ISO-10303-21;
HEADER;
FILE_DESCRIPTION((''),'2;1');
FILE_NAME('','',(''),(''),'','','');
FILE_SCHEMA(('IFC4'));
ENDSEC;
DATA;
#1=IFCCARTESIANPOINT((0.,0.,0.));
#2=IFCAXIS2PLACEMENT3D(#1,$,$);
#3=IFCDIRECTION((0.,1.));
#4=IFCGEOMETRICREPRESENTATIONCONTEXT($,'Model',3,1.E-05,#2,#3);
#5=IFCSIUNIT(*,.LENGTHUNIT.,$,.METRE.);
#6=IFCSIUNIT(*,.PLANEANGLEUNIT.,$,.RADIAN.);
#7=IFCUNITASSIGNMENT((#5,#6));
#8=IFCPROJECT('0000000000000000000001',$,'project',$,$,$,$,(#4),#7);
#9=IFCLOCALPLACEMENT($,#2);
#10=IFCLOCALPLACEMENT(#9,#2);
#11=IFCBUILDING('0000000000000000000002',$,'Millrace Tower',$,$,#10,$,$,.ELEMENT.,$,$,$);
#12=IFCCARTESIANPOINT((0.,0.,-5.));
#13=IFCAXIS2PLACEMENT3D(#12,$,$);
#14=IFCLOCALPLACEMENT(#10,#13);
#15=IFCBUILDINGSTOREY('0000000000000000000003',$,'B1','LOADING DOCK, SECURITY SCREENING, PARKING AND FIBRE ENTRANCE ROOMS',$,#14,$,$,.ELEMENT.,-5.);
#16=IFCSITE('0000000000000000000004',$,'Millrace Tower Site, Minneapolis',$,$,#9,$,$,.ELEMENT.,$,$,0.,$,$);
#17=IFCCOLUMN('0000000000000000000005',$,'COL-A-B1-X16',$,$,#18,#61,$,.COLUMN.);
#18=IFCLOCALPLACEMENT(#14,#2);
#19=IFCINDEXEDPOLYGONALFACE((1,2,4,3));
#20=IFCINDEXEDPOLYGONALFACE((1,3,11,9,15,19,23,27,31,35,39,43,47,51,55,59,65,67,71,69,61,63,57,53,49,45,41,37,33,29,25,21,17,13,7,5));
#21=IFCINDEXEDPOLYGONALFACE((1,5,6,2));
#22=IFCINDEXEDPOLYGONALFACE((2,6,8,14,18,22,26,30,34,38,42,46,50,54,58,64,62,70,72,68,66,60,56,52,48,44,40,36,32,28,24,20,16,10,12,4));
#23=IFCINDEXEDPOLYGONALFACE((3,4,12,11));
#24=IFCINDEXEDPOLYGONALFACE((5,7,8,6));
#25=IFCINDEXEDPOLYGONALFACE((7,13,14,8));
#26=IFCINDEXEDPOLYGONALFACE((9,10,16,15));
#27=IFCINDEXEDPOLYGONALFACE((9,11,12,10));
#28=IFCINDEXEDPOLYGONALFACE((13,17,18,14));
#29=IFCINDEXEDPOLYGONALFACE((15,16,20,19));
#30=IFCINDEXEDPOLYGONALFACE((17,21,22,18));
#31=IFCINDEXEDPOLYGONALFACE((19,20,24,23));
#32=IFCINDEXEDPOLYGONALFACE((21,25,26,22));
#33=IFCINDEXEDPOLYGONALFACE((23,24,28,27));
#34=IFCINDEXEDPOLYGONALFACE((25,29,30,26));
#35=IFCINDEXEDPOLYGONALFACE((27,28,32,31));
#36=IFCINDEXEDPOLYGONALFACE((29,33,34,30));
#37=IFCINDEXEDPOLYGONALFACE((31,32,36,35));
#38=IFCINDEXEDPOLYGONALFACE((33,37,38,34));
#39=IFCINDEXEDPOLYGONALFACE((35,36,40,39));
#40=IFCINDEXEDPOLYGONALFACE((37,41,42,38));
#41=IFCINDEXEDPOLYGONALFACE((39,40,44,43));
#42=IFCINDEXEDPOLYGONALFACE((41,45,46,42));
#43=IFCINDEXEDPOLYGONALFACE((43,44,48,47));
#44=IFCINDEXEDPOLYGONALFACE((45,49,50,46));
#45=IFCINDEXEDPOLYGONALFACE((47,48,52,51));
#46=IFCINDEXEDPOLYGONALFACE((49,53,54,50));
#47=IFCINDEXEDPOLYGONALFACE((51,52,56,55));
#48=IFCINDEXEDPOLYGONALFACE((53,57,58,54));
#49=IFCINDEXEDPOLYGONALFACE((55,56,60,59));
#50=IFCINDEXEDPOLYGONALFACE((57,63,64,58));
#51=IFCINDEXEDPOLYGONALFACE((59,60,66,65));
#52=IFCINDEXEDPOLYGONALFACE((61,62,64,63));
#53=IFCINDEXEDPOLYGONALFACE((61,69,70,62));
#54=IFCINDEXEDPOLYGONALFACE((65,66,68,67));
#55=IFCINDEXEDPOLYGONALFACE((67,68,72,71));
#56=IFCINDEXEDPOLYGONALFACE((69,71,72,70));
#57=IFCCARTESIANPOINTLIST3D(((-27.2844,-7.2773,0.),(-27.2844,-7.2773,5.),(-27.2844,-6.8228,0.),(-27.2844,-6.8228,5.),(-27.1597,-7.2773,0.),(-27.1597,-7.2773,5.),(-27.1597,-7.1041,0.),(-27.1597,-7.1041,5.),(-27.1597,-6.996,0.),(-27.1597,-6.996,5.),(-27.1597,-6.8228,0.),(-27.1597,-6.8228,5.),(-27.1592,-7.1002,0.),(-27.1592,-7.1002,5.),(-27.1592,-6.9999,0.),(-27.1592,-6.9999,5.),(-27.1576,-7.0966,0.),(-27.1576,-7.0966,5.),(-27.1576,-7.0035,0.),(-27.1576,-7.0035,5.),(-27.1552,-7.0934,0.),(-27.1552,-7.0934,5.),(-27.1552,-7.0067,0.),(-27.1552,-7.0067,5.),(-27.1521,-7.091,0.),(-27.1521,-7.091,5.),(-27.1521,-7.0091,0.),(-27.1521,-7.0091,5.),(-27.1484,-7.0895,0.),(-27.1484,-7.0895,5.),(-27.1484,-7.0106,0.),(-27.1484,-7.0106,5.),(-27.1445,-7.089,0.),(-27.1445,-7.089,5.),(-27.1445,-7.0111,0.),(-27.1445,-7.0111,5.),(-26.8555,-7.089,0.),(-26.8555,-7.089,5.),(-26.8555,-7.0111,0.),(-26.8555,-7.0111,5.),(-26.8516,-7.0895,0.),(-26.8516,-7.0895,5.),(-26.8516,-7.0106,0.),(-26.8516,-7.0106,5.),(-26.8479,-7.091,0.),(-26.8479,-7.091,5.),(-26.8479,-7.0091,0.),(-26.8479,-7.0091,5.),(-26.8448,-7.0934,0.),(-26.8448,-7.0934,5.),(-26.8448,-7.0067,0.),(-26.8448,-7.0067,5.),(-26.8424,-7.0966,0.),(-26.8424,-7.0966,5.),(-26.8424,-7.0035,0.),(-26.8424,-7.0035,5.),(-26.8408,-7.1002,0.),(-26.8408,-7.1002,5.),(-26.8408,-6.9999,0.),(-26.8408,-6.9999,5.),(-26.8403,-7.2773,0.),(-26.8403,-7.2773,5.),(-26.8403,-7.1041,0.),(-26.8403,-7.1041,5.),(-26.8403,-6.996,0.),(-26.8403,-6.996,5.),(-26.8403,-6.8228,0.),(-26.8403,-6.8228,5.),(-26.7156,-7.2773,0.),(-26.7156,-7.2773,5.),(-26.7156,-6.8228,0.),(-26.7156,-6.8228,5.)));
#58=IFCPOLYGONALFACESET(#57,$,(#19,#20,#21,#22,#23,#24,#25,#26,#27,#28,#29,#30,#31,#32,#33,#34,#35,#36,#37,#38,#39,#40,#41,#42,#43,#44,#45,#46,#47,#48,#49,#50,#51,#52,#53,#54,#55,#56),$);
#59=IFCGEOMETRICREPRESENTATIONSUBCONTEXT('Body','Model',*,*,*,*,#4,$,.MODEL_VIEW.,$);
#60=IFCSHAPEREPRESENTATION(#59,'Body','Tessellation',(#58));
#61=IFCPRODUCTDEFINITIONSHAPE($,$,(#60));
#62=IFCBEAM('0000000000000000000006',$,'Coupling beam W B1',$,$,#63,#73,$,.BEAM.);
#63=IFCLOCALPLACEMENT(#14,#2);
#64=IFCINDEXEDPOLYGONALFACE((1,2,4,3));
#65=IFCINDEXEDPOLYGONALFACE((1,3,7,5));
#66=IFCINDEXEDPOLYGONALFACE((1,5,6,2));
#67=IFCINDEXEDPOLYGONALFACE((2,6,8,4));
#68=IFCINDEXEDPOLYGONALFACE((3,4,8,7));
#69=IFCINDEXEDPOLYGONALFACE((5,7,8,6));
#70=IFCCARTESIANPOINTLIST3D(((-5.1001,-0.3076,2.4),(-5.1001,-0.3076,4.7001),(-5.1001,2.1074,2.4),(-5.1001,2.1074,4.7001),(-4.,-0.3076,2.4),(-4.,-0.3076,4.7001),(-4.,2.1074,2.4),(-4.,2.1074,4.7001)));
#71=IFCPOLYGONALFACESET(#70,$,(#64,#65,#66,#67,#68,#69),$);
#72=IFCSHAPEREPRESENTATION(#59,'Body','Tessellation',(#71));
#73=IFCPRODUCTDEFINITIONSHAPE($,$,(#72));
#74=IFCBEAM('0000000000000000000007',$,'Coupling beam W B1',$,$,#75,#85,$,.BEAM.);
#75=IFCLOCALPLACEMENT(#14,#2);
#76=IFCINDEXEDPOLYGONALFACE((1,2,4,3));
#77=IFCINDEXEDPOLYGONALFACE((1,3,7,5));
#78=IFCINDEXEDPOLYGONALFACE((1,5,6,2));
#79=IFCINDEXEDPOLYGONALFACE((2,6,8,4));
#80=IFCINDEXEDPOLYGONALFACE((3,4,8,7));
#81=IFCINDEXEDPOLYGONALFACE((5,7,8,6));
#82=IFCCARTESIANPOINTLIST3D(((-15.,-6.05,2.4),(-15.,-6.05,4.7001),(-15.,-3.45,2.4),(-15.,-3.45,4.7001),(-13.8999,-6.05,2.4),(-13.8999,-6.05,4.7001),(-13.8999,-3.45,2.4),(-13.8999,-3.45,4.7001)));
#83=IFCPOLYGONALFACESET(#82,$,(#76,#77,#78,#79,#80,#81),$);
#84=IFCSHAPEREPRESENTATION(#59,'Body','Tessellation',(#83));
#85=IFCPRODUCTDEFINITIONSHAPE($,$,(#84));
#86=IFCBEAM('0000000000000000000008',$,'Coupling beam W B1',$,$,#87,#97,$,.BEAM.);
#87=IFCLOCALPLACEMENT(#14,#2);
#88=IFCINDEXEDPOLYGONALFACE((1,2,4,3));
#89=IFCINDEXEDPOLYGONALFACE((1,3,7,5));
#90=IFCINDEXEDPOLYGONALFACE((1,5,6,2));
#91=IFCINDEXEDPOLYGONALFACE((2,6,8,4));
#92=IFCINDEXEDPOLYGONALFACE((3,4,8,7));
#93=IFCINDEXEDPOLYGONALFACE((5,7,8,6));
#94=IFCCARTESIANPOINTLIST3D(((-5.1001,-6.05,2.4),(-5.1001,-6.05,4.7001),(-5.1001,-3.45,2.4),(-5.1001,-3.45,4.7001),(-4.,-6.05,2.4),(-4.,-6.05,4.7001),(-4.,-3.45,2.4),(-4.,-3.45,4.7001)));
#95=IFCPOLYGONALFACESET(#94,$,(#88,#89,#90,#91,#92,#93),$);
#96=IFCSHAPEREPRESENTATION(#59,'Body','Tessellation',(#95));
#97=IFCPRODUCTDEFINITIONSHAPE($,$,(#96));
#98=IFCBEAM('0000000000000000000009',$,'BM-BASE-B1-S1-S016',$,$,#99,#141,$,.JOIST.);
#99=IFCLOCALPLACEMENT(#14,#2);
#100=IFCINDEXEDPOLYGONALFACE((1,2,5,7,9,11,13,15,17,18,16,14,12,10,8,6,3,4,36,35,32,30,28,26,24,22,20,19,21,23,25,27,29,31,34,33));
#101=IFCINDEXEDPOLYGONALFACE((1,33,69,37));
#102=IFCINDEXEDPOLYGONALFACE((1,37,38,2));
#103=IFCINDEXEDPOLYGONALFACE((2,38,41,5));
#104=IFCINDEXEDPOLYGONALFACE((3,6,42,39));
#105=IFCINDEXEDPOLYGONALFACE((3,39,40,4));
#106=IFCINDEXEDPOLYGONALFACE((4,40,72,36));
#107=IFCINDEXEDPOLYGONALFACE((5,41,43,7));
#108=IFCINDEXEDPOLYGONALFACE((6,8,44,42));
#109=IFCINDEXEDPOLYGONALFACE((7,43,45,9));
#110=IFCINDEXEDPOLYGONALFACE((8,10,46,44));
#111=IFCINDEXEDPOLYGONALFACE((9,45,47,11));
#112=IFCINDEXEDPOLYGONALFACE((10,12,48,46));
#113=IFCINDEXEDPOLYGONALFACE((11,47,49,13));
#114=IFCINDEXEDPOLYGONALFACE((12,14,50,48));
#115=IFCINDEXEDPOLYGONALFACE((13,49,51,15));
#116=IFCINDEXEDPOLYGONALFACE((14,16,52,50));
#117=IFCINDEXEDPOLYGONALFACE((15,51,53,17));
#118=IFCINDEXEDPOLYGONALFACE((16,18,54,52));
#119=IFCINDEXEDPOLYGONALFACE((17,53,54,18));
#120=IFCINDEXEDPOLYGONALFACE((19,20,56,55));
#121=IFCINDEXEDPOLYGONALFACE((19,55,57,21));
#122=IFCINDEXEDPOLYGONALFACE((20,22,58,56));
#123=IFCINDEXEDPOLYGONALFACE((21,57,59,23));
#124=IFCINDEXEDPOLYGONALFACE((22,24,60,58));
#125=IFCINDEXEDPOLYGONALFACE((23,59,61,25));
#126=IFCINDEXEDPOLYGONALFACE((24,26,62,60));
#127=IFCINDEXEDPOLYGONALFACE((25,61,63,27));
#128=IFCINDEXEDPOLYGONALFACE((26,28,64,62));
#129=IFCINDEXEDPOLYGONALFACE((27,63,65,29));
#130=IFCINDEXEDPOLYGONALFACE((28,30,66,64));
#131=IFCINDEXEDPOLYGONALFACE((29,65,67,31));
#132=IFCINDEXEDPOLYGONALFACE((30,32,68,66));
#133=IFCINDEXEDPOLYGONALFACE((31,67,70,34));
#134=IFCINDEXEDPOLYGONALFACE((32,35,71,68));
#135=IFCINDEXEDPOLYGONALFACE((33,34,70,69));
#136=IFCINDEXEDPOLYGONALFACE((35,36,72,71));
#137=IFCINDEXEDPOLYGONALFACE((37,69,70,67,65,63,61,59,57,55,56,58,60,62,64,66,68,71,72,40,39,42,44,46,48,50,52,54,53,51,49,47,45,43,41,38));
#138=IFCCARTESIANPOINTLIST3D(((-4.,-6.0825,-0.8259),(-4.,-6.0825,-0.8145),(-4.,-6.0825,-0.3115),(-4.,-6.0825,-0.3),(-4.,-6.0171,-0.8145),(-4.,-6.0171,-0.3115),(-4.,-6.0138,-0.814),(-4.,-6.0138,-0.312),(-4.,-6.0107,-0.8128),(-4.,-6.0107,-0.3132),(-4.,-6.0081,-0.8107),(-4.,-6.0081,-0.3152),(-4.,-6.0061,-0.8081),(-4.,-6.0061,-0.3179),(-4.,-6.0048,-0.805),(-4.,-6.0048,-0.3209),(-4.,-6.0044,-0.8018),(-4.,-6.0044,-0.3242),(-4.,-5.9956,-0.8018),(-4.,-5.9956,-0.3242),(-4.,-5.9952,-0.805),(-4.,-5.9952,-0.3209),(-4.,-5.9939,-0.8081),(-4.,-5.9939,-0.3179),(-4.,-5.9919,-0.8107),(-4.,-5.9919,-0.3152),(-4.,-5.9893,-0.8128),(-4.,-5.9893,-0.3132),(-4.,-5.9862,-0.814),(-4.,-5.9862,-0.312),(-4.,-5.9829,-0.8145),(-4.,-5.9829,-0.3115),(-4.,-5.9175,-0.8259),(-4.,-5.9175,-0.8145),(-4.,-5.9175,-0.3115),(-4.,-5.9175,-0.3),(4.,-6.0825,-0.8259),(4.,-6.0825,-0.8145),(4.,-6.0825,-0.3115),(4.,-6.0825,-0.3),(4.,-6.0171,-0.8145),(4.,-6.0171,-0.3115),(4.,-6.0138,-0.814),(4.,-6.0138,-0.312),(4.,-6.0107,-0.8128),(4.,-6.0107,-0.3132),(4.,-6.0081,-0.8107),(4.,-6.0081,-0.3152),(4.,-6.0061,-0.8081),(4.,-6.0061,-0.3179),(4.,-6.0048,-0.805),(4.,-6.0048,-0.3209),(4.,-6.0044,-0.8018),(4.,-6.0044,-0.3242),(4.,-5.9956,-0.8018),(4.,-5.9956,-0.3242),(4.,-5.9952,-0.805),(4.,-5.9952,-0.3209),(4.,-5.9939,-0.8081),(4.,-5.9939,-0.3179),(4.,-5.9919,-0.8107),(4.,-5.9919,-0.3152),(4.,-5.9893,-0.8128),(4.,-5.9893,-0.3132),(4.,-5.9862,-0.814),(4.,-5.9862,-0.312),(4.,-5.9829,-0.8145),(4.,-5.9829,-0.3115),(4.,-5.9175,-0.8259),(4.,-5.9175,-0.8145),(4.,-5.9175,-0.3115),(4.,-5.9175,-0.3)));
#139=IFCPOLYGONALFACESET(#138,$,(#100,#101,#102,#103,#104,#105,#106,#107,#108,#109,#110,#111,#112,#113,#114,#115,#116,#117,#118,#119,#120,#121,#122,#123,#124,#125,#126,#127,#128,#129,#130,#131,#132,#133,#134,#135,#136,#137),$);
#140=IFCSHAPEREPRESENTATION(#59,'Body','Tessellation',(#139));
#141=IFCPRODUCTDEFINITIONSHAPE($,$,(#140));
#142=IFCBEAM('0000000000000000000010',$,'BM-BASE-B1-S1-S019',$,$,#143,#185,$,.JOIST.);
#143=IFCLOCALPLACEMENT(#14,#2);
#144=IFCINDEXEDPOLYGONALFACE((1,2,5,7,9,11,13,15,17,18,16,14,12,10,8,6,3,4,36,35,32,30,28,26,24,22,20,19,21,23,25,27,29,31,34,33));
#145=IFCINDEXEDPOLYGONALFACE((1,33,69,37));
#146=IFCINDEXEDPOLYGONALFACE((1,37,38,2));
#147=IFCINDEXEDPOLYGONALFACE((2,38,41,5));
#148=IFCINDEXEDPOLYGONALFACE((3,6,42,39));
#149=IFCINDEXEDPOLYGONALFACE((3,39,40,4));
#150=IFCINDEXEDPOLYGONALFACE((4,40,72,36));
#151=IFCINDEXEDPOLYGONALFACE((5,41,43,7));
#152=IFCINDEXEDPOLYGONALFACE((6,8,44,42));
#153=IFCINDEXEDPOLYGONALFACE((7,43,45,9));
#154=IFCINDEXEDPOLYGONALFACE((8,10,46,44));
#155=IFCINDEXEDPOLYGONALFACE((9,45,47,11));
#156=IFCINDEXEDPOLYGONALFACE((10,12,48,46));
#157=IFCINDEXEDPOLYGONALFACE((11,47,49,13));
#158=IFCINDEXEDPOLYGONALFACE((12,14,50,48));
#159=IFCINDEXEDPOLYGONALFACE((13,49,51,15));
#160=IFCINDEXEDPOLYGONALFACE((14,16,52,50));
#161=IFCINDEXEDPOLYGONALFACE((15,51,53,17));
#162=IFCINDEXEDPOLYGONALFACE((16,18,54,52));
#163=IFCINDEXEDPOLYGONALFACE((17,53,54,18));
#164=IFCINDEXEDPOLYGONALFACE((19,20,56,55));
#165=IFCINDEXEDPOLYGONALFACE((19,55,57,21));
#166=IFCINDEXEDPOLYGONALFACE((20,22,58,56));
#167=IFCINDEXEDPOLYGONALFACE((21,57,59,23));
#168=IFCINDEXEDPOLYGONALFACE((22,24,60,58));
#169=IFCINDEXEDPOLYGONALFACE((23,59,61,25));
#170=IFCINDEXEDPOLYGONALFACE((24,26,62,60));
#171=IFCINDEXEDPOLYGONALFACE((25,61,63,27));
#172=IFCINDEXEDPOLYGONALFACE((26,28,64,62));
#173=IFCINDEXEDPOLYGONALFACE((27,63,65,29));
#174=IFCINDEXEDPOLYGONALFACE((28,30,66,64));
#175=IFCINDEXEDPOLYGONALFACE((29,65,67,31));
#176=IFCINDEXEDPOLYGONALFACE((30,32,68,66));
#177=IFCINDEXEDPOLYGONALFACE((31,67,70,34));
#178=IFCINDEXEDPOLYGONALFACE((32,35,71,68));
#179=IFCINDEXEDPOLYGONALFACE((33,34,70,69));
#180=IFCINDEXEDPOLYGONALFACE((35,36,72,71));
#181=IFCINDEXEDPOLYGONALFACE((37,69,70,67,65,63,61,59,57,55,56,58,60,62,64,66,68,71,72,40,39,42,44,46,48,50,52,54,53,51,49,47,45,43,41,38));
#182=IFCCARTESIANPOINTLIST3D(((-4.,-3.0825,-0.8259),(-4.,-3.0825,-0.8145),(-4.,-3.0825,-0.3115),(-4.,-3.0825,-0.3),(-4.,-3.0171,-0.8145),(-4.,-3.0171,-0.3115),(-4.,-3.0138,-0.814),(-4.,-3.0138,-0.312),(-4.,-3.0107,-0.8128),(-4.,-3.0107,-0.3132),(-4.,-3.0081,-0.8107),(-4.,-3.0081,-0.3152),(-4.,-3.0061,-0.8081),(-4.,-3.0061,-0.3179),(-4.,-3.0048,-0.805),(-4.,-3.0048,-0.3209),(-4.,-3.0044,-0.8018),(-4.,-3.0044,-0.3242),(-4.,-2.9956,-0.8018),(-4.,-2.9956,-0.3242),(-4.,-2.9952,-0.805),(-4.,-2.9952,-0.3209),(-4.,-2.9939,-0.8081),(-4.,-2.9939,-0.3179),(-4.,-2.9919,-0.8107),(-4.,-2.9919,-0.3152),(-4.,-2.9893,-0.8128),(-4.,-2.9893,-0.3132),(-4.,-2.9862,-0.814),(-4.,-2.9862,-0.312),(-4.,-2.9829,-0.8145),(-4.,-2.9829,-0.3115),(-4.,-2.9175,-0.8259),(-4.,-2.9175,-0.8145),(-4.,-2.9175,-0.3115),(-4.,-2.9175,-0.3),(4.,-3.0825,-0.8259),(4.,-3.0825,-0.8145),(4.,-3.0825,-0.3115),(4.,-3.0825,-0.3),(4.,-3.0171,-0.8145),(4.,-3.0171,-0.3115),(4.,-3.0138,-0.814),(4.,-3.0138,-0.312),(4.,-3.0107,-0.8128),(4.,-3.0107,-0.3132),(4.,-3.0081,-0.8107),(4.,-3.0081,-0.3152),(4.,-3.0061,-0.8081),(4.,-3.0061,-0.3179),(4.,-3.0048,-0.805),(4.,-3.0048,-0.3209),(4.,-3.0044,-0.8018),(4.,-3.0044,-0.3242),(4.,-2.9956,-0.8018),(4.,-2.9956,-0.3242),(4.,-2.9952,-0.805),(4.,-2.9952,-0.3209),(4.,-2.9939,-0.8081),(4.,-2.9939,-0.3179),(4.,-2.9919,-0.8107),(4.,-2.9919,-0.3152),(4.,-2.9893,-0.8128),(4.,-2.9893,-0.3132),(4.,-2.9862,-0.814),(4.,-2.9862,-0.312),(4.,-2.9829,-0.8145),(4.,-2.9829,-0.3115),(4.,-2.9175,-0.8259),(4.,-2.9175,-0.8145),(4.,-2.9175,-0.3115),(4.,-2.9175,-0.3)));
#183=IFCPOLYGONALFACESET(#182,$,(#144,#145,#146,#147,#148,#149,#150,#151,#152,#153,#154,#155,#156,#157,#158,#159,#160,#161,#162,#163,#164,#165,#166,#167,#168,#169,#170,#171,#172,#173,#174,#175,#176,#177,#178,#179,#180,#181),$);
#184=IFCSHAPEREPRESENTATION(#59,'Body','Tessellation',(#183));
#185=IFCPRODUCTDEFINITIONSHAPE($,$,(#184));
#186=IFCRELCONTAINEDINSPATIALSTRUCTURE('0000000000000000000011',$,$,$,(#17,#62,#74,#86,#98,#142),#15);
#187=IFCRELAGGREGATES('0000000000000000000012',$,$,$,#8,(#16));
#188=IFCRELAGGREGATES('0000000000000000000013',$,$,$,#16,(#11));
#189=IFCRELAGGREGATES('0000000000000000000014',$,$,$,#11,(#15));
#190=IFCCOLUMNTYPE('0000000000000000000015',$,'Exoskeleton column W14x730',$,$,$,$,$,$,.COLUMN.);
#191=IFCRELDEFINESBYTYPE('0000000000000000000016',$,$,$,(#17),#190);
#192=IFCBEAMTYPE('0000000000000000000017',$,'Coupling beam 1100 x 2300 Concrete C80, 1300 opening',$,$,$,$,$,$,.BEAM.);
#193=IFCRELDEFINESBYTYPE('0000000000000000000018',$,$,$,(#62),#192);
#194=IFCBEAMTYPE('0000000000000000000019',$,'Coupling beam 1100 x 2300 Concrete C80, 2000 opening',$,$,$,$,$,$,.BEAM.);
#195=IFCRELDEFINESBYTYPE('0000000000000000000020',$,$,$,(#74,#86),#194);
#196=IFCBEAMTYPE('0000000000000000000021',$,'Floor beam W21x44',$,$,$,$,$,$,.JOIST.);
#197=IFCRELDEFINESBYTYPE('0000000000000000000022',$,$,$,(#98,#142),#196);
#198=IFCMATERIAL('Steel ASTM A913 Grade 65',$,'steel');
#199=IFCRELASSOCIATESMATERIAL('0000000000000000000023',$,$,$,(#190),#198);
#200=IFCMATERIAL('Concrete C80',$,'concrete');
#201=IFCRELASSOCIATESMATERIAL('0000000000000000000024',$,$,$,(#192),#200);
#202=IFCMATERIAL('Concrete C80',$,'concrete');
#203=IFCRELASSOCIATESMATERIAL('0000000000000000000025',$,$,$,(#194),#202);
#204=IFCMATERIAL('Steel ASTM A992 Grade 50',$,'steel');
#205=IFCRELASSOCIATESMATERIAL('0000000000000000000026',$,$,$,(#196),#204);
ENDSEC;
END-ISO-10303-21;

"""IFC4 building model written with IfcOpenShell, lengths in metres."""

from ifc_helpers import new_model, si_unit, direction, frame, origin, origin_2d, place, context, subcontext, project, spatial, rectangle, i_section, extrude, material, material_profile, profile_set, type_object, element, save


model = new_model("IFC4")

# Units and contexts
model_context = context("Model", 3, precision=1e-05, world=origin(), true_north=direction((0.0, 1.0)))
body_context = subcontext(model_context, "Body", "Model", "MODEL_VIEW")
ifc_project = project(units=[si_unit("LENGTHUNIT", "METRE"), si_unit("PLANEANGLEUNIT", "RADIAN")], contexts=[model_context])

# Site, building, storey
site_placement = place(None, origin())
site = spatial("IfcSite", under=ifc_project, at=site_placement, Name="Millrace Tower Site, Minneapolis", CompositionType="ELEMENT", RefElevation=0.0)
building_placement = place(site_placement, origin())
building = spatial("IfcBuilding", under=site, at=building_placement, Name="Millrace Tower", CompositionType="ELEMENT")
storey_placement = place(building_placement, frame((0.0, 0.0, -5.0)))
storey = spatial("IfcBuildingStorey", under=building, at=storey_placement, Name="B1", Description="LOADING DOCK, SECURITY SCREENING, PARKING AND FIBRE ENTRANCE ROOMS", CompositionType="ELEMENT", Elevation=-5.0)

# Column
ifc_material_1 = material(Name="Steel ASTM A913 Grade 65", Category="steel")
ifc_material_profile_1 = material_profile(ifc_material_1, i_section(OverallWidth=0.4546, OverallDepth=0.5688, WebThickness=0.0779, FlangeThickness=0.1248, FilletRadius=0.0151, at=origin_2d()))
ifc_profile_set_1 = profile_set([ifc_material_profile_1], Name="Steel ASTM A913 Grade 65")
column_type = type_object("IfcColumnType", Name="Exoskeleton column W14x730", PredefinedType="COLUMN", material=ifc_profile_set_1)
placement = place(storey_placement, frame((-27.0, -7.05, 0.0), z_axis=(0.0, 0.0, 1.0), x_axis=(0.0, -1.0, 0.0)))
element("IfcColumn", 1, at=placement, inside=storey, type_object=column_type, Name="COL-A-B1-X16", PredefinedType="COLUMN", context=body_context, shape_type="SweptSolid", body=[
    extrude(i_section(OverallWidth=0.4546, OverallDepth=0.5688, WebThickness=0.0779, FlangeThickness=0.1248, FilletRadius=0.0151, at=origin_2d()), origin(), (0.0, 0.0, 1.0), 5.0),
])

# Beams
ifc_material_2 = material(Name="Concrete C80", Category="concrete")
ifc_material_profile_2 = material_profile(ifc_material_2, rectangle(XDim=1.1001, YDim=2.3, at=origin_2d()))
ifc_profile_set_2 = profile_set([ifc_material_profile_2], Name="Concrete C80")
beam_type_1 = type_object("IfcBeamType", Name="Coupling beam 1100 x 2300 Concrete C80, 1300 opening", PredefinedType="BEAM", material=ifc_profile_set_2)
beam_placement = place(storey_placement, frame((-4.55, -0.3076, 3.55), z_axis=(0.0, 1.0, 0.0), x_axis=(-1.0, 0.0, 0.0)))
element("IfcBeam", 2, at=beam_placement, inside=storey, type_object=beam_type_1, Name="Coupling beam W B1", PredefinedType="BEAM", context=body_context, shape_type="SweptSolid", body=[
    extrude(rectangle(XDim=1.1001, YDim=2.3, at=origin_2d()), origin(), (0.0, 0.0, 1.0), 2.415),
])
ifc_material_3 = material(Name="Concrete C80", Category="concrete")
ifc_material_profile_3 = material_profile(ifc_material_3, rectangle(XDim=1.1001, YDim=2.3, at=origin_2d()))
ifc_profile_set_3 = profile_set([ifc_material_profile_3], Name="Concrete C80")
beam_type_2 = type_object("IfcBeamType", Name="Coupling beam 1100 x 2300 Concrete C80, 2000 opening", PredefinedType="BEAM", material=ifc_profile_set_3)
for number, where, z_axis, x_axis, name in (
    (3, (-14.45, -6.05, 3.55), (0.0, 1.0, 0.0), (-1.0, 0.0, 0.0), "Coupling beam W B1"),
    (4, (-4.55, -6.05, 3.55), (0.0, 1.0, 0.0), (-1.0, 0.0, 0.0), "Coupling beam W B1"),
):
    element("IfcBeam", number, at=place(storey_placement, frame(where, z_axis=z_axis, x_axis=x_axis)), inside=storey, type_object=beam_type_2, Name=name, PredefinedType="BEAM", context=body_context, shape_type="SweptSolid", body=[
        extrude(rectangle(XDim=1.1001, YDim=2.3, at=origin_2d()), origin(), (0.0, 0.0, 1.0), 2.6001),
    ])
ifc_material_4 = material(Name="Steel ASTM A992 Grade 50", Category="steel")
ifc_material_profile_4 = material_profile(ifc_material_4, i_section(OverallWidth=0.165, OverallDepth=0.5259, WebThickness=0.0088, FlangeThickness=0.0115, FilletRadius=0.0127, at=origin_2d()))
ifc_profile_set_4 = profile_set([ifc_material_profile_4], Name="Steel ASTM A992 Grade 50")
beam_type_3 = type_object("IfcBeamType", Name="Floor beam W21x44", PredefinedType="JOIST", material=ifc_profile_set_4)
for number, where, z_axis, x_axis, name in (
    (5, (-4.0, -6.0, -0.563), (1.0, 0.0, 0.0), (0.0, 1.0, 0.0), "BM-BASE-B1-S1-S016"),
    (6, (-4.0, -3.0, -0.563), (1.0, 0.0, 0.0), (0.0, 1.0, 0.0), "BM-BASE-B1-S1-S019"),
):
    element("IfcBeam", number, at=place(storey_placement, frame(where, z_axis=z_axis, x_axis=x_axis)), inside=storey, type_object=beam_type_3, Name=name, PredefinedType="JOIST", context=body_context, shape_type="SweptSolid", body=[
        extrude(i_section(OverallWidth=0.165, OverallDepth=0.5259, WebThickness=0.0088, FlangeThickness=0.0115, FilletRadius=0.0127, at=origin_2d()), origin(), (0.0, 0.0, 1.0), 8.0),
    ])

save(model, "model.ifc")
